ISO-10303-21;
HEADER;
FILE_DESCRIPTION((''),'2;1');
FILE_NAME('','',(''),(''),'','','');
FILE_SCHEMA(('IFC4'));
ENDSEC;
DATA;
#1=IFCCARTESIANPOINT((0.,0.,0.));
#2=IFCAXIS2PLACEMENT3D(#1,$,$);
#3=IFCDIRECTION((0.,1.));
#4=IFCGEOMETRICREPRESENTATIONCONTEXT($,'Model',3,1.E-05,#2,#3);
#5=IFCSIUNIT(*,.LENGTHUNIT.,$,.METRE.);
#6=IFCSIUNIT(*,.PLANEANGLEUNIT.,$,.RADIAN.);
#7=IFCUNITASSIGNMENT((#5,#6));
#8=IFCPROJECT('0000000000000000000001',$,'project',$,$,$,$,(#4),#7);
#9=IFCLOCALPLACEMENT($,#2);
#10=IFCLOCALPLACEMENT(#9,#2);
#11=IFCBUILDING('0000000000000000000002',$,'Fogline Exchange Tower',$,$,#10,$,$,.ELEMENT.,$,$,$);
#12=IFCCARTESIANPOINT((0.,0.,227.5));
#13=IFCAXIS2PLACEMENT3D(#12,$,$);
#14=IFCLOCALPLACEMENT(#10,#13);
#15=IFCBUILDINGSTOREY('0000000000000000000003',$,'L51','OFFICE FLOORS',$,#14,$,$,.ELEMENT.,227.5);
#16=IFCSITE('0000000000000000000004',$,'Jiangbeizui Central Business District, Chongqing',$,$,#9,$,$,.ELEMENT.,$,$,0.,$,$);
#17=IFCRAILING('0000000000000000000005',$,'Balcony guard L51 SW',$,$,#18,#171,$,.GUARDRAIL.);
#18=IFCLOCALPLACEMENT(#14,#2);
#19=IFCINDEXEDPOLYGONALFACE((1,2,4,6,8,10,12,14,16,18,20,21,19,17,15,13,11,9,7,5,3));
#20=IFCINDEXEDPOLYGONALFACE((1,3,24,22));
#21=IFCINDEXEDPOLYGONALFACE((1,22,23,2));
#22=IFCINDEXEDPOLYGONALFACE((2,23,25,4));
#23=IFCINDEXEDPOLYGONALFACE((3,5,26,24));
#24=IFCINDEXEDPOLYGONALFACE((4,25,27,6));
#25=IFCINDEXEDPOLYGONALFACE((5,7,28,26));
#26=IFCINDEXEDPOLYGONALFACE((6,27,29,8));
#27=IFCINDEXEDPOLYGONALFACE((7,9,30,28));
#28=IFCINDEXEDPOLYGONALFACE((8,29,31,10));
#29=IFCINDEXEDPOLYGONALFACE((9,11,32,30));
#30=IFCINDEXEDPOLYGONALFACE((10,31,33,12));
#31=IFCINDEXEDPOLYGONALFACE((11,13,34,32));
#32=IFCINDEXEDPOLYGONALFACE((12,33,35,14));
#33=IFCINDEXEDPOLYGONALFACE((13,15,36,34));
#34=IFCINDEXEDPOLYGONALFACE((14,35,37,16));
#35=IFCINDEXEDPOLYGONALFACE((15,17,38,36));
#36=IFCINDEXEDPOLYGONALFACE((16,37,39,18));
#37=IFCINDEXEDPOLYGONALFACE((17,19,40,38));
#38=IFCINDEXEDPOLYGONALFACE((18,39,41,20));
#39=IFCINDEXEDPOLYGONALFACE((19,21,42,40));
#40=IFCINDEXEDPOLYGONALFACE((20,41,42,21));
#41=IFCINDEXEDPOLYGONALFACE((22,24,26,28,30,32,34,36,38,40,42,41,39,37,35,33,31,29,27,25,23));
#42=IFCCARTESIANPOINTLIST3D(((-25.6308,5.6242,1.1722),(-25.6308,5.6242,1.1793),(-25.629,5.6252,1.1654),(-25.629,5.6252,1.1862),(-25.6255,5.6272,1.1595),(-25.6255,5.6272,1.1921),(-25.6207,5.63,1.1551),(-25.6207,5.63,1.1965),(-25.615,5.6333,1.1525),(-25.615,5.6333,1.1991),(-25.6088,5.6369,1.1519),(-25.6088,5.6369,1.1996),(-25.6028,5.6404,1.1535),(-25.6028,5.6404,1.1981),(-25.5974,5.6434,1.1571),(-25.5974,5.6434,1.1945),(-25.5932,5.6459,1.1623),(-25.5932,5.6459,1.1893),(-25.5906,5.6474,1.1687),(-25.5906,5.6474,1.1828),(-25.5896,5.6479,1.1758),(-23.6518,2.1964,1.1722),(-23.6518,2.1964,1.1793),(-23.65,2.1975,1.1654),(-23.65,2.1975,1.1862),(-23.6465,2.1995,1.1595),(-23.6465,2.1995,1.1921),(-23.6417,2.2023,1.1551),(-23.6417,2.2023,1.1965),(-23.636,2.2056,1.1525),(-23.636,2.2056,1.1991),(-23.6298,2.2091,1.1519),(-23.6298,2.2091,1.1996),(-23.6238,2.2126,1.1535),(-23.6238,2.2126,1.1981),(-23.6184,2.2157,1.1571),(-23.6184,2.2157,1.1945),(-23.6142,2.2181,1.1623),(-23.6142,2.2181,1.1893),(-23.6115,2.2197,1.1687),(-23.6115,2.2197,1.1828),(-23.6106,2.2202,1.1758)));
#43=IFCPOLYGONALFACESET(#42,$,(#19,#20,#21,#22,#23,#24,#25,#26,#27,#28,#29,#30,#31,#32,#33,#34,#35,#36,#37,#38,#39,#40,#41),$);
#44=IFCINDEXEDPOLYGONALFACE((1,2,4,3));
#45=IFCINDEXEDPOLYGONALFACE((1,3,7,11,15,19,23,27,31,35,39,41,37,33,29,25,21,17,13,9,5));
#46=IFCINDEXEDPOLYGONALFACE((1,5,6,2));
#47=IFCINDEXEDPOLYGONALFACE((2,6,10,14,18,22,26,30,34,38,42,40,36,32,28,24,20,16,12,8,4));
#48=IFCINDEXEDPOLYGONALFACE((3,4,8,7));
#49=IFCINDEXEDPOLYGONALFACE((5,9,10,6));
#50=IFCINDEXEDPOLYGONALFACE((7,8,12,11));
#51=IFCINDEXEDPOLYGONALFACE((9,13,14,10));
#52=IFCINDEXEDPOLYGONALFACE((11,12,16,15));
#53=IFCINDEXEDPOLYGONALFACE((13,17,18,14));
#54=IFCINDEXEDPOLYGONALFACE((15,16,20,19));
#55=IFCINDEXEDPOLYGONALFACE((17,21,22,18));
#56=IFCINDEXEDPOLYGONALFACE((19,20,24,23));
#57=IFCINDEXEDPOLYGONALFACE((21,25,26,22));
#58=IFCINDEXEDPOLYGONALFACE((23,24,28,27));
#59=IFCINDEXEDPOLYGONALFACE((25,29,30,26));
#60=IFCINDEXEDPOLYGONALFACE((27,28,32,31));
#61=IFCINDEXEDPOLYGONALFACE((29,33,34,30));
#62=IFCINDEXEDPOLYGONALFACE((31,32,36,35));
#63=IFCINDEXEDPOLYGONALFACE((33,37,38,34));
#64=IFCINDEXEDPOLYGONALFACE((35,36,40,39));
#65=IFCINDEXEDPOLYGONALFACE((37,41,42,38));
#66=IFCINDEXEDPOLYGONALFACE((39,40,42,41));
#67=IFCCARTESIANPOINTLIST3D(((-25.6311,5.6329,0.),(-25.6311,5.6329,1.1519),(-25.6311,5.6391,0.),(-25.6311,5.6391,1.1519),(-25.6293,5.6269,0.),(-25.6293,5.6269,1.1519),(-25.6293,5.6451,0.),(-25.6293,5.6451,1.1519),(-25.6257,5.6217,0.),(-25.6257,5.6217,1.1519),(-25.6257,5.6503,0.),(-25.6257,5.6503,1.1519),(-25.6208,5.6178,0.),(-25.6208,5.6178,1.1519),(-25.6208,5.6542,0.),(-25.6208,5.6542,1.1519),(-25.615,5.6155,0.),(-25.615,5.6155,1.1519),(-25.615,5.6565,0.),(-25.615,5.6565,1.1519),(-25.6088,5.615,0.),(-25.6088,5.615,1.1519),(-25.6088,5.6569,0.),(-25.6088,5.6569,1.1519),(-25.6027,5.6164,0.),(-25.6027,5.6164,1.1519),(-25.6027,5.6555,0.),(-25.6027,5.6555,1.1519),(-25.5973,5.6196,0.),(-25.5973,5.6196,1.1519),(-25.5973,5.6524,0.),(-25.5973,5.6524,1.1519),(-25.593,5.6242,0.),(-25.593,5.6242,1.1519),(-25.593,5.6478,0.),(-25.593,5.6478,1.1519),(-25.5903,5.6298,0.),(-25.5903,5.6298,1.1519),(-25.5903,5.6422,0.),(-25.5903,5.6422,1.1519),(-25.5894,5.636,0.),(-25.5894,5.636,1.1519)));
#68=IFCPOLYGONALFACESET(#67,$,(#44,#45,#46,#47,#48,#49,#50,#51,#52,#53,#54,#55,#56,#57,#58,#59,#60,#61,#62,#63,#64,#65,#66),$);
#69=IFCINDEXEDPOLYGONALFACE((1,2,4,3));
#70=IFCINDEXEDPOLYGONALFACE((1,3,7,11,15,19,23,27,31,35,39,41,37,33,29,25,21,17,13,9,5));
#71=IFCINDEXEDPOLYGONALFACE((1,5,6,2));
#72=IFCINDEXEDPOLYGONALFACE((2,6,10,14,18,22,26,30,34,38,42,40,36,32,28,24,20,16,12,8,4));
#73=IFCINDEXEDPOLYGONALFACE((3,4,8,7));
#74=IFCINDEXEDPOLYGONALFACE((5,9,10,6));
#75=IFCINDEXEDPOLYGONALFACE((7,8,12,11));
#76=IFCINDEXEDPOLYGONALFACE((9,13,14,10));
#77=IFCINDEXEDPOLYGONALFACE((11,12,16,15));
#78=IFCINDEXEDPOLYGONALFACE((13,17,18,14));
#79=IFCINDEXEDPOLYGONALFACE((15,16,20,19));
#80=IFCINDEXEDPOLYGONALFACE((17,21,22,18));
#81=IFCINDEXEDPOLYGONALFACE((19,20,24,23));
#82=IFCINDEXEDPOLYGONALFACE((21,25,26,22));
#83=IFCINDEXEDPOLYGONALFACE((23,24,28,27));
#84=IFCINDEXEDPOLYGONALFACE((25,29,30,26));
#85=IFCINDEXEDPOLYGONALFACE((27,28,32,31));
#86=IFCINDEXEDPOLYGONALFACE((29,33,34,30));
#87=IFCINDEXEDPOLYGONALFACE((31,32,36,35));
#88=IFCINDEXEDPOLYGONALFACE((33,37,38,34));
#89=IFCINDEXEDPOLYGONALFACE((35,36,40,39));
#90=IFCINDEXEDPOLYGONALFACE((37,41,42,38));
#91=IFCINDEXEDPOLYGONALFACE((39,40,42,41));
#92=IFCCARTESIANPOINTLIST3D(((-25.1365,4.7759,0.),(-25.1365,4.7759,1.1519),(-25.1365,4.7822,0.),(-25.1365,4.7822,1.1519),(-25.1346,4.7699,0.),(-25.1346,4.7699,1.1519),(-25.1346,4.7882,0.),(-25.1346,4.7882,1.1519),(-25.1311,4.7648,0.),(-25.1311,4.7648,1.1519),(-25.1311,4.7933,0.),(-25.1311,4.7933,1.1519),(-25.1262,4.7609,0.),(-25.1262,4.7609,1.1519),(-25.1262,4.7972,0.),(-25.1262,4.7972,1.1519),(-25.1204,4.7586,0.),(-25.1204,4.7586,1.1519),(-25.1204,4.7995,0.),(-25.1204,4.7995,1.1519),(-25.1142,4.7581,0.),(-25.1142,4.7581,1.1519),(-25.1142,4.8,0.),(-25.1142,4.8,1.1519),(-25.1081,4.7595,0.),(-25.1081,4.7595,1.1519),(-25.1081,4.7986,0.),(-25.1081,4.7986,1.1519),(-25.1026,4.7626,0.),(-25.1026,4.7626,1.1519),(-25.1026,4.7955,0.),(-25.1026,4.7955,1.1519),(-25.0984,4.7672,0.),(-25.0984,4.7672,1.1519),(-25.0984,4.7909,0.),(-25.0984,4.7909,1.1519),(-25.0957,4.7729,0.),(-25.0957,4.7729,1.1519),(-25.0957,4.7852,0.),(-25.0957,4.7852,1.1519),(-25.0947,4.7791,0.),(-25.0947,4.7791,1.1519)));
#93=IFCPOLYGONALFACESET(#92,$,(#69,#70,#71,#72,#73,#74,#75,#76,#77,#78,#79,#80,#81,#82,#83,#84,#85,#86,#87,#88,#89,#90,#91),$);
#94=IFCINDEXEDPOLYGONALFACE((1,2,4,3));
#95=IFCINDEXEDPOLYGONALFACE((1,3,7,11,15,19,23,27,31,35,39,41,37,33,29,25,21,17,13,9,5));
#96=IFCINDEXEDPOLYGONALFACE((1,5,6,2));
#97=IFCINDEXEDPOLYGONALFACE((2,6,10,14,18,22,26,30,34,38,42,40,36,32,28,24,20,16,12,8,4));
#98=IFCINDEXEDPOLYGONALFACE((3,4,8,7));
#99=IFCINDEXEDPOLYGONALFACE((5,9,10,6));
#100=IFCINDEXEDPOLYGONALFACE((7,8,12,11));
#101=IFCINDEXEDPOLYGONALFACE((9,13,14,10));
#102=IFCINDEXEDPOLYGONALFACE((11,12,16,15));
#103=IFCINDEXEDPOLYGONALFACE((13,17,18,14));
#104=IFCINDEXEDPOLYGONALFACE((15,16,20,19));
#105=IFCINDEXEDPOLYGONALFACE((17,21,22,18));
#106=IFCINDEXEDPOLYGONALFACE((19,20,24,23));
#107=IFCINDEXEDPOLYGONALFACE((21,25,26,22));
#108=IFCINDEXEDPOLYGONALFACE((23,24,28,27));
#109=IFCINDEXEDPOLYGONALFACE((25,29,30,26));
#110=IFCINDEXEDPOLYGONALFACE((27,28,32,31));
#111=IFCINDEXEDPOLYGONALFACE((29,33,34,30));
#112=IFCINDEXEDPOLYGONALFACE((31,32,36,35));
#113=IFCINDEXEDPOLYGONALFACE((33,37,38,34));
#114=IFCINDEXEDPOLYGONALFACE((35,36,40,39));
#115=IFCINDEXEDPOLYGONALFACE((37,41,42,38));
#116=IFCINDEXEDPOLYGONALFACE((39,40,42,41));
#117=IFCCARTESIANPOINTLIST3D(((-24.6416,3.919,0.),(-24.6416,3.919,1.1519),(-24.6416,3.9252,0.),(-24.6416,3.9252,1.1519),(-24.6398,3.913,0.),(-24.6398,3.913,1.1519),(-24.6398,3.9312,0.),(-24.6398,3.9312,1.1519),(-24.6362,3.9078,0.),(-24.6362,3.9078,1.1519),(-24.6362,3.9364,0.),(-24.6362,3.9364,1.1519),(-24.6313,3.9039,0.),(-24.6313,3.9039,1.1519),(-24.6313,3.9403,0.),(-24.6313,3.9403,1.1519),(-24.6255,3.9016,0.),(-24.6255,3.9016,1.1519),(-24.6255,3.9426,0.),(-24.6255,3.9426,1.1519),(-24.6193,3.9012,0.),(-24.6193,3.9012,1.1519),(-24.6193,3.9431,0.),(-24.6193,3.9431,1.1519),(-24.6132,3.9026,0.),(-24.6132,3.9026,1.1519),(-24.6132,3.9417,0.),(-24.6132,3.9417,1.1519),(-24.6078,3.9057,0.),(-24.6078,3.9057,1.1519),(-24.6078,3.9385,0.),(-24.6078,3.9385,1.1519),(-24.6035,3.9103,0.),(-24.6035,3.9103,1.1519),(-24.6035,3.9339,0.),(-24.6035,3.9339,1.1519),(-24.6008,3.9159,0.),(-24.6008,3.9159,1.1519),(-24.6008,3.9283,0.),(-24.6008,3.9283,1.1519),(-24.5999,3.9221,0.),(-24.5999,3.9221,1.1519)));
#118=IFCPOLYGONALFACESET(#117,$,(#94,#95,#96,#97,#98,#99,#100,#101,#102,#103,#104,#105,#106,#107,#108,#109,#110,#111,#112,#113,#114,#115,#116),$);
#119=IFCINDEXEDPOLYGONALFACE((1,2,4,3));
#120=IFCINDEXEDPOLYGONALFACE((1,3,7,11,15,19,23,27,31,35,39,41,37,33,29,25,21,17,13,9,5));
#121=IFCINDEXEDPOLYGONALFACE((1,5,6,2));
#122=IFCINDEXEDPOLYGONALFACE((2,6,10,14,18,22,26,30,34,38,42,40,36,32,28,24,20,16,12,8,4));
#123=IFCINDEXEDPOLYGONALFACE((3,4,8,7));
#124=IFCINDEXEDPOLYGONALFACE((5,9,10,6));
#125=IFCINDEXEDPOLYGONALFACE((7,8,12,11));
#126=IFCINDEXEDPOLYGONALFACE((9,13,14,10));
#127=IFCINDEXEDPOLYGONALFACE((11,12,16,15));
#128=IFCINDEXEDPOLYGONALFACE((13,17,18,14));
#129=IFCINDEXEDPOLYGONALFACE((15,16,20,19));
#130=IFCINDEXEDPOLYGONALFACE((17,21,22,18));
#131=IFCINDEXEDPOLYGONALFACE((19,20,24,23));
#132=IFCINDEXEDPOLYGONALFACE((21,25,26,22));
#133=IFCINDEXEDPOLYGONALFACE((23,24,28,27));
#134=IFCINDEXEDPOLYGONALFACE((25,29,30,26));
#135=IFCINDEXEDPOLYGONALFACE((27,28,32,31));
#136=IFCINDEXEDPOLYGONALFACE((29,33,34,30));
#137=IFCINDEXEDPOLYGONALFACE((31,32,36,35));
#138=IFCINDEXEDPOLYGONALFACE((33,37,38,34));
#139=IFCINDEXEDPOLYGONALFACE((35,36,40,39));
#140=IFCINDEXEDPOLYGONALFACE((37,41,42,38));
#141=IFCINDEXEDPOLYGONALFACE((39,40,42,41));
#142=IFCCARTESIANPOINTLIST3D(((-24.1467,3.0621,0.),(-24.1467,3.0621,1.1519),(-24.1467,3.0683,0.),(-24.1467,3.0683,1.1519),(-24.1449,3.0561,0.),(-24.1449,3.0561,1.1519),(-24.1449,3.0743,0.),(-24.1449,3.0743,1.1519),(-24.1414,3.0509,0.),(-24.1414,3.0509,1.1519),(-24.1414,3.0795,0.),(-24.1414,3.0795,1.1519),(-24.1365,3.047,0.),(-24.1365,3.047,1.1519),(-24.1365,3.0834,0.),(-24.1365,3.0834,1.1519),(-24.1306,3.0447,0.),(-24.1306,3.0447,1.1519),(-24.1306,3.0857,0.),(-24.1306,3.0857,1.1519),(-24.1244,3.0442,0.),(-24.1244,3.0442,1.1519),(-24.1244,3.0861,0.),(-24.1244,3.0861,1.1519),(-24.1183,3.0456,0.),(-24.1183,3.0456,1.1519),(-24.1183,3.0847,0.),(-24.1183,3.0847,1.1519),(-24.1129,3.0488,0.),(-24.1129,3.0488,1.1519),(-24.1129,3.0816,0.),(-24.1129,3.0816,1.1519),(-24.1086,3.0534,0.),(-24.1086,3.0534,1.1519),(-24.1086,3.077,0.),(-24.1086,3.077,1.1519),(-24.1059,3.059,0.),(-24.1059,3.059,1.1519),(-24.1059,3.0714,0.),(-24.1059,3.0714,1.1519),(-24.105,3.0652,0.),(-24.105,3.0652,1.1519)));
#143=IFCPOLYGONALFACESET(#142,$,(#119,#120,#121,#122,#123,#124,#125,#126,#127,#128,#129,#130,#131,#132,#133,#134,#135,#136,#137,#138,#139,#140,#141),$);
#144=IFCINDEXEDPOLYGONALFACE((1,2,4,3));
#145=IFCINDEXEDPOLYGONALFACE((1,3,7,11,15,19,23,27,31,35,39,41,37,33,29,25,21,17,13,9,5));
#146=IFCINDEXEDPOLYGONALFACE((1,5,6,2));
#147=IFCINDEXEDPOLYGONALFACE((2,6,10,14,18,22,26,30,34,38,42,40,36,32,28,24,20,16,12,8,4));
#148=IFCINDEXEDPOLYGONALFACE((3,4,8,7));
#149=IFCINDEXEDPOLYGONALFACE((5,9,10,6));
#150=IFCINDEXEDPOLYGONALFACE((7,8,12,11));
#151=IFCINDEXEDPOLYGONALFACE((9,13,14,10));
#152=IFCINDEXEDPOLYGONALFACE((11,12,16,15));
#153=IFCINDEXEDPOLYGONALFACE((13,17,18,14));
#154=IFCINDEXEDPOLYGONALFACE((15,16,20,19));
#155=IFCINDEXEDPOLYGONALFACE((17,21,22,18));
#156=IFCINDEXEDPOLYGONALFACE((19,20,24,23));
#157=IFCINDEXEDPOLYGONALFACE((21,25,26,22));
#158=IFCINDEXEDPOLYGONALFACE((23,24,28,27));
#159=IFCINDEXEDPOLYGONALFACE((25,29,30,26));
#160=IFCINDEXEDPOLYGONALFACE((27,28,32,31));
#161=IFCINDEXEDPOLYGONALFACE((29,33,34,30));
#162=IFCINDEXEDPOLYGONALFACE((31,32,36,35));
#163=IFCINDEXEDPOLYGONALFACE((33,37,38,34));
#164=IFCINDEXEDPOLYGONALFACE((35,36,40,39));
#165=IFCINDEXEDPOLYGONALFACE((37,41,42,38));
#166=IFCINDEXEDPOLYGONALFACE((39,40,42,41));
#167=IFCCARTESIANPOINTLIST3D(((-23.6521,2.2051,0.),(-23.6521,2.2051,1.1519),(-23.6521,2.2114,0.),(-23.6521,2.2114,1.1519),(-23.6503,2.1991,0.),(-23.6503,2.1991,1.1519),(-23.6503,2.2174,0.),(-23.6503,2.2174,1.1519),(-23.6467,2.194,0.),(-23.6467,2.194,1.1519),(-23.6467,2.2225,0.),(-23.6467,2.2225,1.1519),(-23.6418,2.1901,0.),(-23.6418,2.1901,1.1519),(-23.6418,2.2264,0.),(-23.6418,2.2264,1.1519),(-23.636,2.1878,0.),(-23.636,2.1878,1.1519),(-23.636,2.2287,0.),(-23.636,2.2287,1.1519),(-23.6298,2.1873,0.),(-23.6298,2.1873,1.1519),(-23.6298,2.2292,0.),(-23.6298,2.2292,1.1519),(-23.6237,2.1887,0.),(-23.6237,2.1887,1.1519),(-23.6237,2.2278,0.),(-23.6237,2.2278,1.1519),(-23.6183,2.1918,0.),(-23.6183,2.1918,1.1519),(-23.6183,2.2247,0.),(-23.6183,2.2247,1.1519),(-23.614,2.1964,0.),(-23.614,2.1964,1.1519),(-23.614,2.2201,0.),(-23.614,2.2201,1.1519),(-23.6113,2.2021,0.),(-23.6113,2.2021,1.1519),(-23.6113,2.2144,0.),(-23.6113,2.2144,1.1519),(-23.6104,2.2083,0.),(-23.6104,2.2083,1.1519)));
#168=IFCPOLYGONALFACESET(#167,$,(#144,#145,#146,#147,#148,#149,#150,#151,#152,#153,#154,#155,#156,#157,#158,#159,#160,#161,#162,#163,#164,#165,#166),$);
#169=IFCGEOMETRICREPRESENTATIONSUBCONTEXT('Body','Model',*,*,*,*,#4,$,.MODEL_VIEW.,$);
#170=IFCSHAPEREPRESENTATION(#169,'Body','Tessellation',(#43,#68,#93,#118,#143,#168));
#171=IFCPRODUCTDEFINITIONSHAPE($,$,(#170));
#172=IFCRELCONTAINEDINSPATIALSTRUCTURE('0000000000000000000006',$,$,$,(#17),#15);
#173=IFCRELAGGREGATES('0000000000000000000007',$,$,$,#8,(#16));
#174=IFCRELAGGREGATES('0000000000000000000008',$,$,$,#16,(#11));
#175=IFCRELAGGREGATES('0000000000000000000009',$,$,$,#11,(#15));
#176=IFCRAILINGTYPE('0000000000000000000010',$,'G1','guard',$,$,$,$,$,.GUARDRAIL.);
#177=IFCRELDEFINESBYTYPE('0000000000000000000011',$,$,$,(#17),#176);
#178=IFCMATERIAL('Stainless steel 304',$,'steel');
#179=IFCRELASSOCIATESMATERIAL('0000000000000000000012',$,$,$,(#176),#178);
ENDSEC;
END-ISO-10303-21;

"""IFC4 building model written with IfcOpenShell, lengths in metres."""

from ifc_helpers import new_model, si_unit, direction, frame, origin, origin_2d, place, context, subcontext, project, spatial, circle, extrude, material, type_object, element, save


model = new_model("IFC4")

# Units and contexts
model_context = context("Model", 3, precision=1e-05, world=origin(), true_north=direction((0.0, 1.0)))
body_context = subcontext(model_context, "Body", "Model", "MODEL_VIEW")
ifc_project = project(units=[si_unit("LENGTHUNIT", "METRE"), si_unit("PLANEANGLEUNIT", "RADIAN")], contexts=[model_context])

# Site, building, storey
site_placement = place(None, origin())
site = spatial("IfcSite", under=ifc_project, at=site_placement, Name="Jiangbeizui Central Business District, Chongqing", CompositionType="ELEMENT", RefElevation=0.0)
building_placement = place(site_placement, origin())
building = spatial("IfcBuilding", under=site, at=building_placement, Name="Fogline Exchange Tower", CompositionType="ELEMENT")
storey_placement = place(building_placement, frame((0.0, 0.0, 227.5)))
storey = spatial("IfcBuildingStorey", under=building, at=storey_placement, Name="L51", Description="OFFICE FLOORS", CompositionType="ELEMENT", Elevation=227.5)

# Railing
ifc_material_1 = material(Name="Stainless steel 304", Category="steel")
railing_type = type_object("IfcRailingType", Name="G1", Description="guard", PredefinedType="GUARDRAIL", material=ifc_material_1)
railing_placement = place(storey_placement, frame((-25.6104, 5.636, 0.0)))
element("IfcRailing", 1, at=railing_placement, inside=storey, type_object=railing_type, Name="Balcony guard L51 SW", PredefinedType="GUARDRAIL", context=body_context, shape_type="SweptSolid", body=[
    extrude(circle(Radius=0.0239, at=origin_2d()), frame((0.0, 0.0, 1.1758), z_axis=(0.5, -0.866025, 0.0), x_axis=(0.866025, 0.5, 0.0)), (0.0, 0.0, 1.0), 3.958),
    extrude(circle(Radius=0.021, at=origin_2d()), origin(), (0.0, 0.0, 1.0), 1.1519),
    extrude(circle(Radius=0.021, at=origin_2d()), frame((0.4946, -0.8569, 0.0)), (0.0, 0.0, 1.0), 1.1519),
    extrude(circle(Radius=0.021, at=origin_2d()), frame((0.9895, -1.7139, 0.0)), (0.0, 0.0, 1.0), 1.1519),
    extrude(circle(Radius=0.021, at=origin_2d()), frame((1.4844, -2.5708, 0.0)), (0.0, 0.0, 1.0), 1.1519),
    extrude(circle(Radius=0.021, at=origin_2d()), frame((1.979, -3.4277, 0.0)), (0.0, 0.0, 1.0), 1.1519),
])

save(model, "model.ifc")
